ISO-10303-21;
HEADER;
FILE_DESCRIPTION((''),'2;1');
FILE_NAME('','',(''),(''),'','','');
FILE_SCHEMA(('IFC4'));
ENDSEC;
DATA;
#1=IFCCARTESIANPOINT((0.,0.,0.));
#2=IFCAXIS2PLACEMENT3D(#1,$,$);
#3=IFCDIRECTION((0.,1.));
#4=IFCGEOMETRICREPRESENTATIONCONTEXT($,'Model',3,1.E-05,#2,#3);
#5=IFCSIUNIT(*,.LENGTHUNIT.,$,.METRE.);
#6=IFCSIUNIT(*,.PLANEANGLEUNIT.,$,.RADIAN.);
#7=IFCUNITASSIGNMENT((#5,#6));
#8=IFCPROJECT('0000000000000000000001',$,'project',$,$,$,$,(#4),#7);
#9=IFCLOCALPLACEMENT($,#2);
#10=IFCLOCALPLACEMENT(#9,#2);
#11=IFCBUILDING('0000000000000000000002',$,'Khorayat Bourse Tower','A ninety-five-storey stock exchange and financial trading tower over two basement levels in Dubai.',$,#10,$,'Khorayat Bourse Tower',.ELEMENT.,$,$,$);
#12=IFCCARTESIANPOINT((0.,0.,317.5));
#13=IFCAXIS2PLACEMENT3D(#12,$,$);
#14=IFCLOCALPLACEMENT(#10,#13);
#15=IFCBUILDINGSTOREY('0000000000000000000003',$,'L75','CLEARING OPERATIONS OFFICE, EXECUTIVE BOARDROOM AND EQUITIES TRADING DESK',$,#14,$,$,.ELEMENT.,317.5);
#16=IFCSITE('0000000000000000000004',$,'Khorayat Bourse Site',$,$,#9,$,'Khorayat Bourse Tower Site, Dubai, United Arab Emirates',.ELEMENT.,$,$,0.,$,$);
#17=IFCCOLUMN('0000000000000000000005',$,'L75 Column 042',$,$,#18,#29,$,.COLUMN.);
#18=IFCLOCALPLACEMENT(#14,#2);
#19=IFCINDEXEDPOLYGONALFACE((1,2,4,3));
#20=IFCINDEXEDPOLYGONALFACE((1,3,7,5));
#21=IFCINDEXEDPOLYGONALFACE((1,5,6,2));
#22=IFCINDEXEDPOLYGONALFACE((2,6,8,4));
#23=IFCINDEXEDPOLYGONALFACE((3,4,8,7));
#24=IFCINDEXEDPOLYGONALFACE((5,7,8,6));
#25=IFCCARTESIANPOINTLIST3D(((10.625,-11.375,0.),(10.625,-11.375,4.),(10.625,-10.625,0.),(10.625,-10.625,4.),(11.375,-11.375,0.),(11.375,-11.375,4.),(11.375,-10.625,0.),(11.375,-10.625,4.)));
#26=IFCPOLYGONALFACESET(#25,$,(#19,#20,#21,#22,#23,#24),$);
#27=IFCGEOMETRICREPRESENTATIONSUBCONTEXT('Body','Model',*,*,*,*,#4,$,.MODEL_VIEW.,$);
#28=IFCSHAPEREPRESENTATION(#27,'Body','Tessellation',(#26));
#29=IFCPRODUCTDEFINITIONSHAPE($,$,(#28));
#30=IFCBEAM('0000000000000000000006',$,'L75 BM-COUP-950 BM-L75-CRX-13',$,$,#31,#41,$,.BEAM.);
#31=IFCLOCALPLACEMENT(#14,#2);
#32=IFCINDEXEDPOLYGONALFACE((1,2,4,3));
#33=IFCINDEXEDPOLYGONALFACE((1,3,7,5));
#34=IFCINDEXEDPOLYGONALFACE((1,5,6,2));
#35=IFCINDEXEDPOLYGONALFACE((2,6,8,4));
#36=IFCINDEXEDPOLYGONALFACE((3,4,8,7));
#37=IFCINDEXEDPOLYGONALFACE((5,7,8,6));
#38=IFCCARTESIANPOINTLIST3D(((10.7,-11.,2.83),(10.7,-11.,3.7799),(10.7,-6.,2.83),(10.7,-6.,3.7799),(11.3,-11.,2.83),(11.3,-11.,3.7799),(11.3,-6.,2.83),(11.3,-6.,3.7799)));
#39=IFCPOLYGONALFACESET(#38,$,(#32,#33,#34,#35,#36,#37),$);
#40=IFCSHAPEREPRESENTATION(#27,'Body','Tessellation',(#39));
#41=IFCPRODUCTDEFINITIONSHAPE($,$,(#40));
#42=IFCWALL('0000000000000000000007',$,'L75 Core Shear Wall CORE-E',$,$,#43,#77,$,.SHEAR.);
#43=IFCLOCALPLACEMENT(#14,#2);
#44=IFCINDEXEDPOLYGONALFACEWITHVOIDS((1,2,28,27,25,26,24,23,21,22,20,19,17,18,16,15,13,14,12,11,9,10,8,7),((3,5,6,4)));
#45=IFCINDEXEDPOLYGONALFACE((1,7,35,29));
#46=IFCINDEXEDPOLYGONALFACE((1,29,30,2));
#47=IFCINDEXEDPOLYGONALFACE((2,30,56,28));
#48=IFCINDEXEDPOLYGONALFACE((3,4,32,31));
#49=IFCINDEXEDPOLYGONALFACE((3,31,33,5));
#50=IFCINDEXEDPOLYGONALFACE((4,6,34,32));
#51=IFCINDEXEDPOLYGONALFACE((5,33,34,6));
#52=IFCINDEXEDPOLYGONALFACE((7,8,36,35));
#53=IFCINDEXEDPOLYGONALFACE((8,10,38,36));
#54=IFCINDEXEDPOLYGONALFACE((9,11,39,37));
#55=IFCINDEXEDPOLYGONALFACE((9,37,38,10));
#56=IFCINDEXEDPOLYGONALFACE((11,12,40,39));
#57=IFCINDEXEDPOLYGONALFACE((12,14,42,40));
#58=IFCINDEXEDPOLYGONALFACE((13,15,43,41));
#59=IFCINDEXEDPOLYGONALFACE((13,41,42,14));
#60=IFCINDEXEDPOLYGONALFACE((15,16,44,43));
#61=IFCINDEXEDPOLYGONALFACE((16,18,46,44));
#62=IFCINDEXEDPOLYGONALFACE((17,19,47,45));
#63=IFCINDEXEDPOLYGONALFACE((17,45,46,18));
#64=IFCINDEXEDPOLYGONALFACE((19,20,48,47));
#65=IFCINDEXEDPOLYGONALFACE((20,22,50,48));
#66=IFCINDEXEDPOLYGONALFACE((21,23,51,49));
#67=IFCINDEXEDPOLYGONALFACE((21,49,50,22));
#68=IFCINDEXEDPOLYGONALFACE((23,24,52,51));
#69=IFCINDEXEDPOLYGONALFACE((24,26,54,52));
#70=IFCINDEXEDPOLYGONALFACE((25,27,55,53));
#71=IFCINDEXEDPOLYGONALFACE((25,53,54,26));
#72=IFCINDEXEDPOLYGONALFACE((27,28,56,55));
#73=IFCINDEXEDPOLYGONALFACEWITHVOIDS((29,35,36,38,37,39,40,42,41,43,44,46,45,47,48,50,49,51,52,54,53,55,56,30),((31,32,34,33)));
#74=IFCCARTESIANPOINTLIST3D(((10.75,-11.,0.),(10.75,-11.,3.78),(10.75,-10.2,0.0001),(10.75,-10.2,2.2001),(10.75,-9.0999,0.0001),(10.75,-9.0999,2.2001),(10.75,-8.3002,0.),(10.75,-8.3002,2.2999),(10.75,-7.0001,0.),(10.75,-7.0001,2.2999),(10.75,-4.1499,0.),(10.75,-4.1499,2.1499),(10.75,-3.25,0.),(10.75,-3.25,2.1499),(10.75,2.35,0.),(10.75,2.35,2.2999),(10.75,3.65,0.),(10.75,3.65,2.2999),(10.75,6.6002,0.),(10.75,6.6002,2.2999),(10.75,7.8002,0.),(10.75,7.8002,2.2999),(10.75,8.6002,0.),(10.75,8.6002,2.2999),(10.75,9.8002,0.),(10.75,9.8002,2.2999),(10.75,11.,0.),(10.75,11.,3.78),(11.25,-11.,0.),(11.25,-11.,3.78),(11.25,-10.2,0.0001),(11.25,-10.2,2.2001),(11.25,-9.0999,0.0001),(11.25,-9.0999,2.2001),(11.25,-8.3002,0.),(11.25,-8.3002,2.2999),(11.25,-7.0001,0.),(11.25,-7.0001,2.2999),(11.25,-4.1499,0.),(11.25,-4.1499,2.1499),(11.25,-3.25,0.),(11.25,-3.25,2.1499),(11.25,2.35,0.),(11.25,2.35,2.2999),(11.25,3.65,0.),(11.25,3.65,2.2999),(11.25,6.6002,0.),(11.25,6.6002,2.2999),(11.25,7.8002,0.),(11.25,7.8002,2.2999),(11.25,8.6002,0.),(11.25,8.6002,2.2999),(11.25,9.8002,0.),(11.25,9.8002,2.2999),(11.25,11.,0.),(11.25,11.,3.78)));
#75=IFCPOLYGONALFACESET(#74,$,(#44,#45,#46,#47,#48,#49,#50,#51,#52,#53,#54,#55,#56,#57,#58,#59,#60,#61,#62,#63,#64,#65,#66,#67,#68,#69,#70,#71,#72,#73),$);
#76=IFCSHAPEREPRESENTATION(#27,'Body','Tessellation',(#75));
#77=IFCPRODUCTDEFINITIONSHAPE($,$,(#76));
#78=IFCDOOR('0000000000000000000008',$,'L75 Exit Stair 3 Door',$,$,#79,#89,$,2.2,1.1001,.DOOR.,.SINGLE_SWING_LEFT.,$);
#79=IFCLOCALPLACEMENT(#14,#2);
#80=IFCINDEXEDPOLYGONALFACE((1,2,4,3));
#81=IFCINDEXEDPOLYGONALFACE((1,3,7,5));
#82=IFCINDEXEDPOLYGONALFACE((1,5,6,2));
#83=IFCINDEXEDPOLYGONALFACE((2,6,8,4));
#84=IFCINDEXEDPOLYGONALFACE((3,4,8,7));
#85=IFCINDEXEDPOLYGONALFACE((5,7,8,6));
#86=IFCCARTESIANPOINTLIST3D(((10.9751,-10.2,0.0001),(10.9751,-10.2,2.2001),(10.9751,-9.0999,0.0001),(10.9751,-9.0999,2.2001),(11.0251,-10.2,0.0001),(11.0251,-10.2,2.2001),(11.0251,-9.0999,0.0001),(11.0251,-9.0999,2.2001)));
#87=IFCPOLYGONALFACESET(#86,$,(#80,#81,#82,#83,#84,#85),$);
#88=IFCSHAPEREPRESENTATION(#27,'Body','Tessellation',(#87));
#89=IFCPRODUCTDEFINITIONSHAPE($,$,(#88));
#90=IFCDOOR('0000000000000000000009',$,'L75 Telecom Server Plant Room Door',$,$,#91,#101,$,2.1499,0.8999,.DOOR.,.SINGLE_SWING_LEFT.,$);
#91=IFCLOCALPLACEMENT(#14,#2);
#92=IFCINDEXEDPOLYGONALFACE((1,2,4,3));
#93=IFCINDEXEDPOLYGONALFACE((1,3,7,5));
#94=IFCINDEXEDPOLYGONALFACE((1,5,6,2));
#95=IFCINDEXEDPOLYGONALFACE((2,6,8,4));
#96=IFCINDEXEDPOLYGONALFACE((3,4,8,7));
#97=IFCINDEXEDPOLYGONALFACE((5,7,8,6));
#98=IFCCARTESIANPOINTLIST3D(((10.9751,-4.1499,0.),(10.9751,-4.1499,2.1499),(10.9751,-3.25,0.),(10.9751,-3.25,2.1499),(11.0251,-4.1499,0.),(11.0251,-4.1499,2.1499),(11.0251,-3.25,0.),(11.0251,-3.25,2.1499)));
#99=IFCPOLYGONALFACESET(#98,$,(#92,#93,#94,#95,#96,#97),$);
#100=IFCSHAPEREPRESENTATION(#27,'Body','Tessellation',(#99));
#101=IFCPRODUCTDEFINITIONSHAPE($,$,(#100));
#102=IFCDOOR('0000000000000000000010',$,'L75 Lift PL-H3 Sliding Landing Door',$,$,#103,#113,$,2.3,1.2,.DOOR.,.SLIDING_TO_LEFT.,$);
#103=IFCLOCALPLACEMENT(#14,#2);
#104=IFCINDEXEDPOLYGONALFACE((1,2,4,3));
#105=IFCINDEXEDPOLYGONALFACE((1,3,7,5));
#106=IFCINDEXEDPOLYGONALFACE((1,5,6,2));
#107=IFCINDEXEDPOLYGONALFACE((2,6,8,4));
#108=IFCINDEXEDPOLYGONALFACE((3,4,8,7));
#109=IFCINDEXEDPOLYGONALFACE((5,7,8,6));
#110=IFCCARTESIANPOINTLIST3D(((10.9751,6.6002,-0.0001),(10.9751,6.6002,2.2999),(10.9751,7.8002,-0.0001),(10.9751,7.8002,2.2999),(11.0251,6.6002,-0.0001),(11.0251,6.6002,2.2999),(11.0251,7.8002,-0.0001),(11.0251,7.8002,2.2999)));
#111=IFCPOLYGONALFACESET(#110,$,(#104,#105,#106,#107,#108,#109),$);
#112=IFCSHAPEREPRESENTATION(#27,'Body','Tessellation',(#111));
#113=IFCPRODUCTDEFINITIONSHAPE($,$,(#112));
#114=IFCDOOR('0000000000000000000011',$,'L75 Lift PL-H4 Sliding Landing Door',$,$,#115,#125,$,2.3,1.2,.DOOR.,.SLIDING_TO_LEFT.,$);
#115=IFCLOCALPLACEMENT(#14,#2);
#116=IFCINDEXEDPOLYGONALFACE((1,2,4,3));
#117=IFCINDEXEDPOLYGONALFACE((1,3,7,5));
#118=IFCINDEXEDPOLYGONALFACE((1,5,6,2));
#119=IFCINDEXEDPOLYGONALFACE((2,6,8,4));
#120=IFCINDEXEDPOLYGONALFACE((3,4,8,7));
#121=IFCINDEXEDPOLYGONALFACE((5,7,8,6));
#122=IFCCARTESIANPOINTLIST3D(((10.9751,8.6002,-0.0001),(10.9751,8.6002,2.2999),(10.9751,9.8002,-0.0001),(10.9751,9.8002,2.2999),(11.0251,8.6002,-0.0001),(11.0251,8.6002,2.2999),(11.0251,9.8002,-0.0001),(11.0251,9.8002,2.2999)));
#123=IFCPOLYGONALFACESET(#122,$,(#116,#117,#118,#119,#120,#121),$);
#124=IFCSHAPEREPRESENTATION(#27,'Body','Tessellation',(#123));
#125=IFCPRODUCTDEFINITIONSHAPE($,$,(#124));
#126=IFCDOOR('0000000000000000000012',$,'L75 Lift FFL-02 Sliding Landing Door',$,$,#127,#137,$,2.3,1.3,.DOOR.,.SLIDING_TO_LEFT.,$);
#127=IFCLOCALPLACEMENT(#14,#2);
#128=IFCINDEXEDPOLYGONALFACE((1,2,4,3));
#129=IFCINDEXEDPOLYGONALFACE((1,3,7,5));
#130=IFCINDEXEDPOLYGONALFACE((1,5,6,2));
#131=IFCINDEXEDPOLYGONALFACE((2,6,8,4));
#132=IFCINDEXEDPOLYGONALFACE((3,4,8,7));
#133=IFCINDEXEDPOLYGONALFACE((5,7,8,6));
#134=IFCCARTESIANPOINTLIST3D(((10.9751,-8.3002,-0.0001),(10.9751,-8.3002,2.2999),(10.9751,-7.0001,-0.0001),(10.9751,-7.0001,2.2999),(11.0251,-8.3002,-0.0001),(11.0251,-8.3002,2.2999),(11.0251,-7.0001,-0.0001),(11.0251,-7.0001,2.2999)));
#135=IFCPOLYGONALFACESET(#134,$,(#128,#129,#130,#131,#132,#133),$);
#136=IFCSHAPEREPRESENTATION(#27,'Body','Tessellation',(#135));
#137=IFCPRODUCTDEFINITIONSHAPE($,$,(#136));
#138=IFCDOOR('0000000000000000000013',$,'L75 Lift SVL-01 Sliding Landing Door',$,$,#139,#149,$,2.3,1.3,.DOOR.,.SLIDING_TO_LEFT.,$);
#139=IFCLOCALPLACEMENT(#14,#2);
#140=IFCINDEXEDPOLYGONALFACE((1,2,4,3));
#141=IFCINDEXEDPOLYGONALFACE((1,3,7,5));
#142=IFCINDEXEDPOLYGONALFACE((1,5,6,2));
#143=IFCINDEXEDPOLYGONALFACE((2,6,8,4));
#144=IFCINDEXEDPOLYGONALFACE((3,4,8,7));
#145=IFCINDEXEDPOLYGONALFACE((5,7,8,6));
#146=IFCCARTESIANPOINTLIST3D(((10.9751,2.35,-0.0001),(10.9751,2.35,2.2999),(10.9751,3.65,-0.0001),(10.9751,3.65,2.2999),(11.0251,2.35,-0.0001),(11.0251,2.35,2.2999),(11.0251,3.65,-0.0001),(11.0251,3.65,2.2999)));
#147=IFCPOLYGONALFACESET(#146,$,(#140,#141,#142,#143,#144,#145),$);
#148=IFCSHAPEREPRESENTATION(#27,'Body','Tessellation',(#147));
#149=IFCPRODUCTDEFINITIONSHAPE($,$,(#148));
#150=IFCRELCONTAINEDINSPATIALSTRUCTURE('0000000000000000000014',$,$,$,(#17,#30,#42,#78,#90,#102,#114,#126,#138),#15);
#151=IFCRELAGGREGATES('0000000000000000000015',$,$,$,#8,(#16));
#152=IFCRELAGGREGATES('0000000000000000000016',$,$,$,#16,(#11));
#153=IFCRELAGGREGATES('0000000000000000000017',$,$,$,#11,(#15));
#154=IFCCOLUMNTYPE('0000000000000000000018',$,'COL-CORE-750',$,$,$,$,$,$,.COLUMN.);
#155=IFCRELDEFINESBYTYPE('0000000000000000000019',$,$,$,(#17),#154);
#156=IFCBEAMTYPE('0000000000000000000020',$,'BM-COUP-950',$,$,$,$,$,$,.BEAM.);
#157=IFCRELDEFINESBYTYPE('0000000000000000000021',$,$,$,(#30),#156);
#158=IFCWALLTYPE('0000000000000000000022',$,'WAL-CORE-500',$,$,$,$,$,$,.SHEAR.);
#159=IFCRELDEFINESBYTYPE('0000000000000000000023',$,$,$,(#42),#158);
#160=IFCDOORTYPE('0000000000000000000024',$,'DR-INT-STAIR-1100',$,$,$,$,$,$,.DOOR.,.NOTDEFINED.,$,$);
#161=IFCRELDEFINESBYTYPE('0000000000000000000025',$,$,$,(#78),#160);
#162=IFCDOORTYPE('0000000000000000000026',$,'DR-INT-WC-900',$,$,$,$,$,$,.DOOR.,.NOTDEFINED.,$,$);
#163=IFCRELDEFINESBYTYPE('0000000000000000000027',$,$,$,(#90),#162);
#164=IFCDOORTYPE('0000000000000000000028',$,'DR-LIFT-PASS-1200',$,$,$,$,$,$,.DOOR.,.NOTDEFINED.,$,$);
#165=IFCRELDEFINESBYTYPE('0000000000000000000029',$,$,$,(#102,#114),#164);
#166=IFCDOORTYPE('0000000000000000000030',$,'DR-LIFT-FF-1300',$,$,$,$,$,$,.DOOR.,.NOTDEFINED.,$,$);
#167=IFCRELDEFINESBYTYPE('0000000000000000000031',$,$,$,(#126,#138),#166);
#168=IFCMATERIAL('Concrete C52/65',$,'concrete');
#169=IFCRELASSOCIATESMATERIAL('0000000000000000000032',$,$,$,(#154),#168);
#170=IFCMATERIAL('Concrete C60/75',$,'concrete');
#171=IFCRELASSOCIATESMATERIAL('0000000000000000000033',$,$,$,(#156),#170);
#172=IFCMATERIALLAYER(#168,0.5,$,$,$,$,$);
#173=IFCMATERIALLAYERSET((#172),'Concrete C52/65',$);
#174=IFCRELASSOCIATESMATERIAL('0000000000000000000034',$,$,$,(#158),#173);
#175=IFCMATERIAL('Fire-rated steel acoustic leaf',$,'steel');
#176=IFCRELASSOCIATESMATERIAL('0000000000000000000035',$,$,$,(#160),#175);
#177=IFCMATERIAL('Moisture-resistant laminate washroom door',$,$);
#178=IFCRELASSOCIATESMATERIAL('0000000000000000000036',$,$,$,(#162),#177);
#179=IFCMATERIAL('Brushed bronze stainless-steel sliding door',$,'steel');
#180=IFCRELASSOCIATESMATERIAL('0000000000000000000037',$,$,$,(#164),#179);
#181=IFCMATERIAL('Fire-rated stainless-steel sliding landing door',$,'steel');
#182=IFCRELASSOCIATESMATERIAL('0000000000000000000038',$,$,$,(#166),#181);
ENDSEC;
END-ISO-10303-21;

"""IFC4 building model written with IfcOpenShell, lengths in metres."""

from ifc_helpers import new_model, si_unit, direction, frame, frame_2d, origin, origin_2d, place, context, subcontext, project, spatial, rectangle, extrude, source, transform, mapped, material, layer, layer_set, material_profile, profile_set, type_object, element, fill, save


model = new_model("IFC4")

# Units and contexts
model_context = context("Model", 3, precision=1e-05, world=origin(), true_north=direction((0.0, 1.0)))
body_context = subcontext(model_context, "Body", "Model", "MODEL_VIEW")
ifc_project = project(units=[si_unit("LENGTHUNIT", "METRE"), si_unit("PLANEANGLEUNIT", "RADIAN")], contexts=[model_context])

# Site, building, storey
site_placement = place(None, origin())
site = spatial("IfcSite", under=ifc_project, at=site_placement, Name="Khorayat Bourse Site", LongName="Khorayat Bourse Tower Site, Dubai, United Arab Emirates", CompositionType="ELEMENT", RefElevation=0.0)
building_placement = place(site_placement, origin())
building = spatial("IfcBuilding", under=site, at=building_placement, Name="Khorayat Bourse Tower", Description="A ninety-five-storey stock exchange and financial trading tower over two basement levels in Dubai.", LongName="Khorayat Bourse Tower", CompositionType="ELEMENT")
storey_placement = place(building_placement, frame((0.0, 0.0, 317.5)))
storey = spatial("IfcBuildingStorey", under=building, at=storey_placement, Name="L75", Description="CLEARING OPERATIONS OFFICE, EXECUTIVE BOARDROOM AND EQUITIES TRADING DESK", CompositionType="ELEMENT", Elevation=317.5)

# Column
ifc_material_1 = material(Name="Concrete C52/65", Category="concrete")
ifc_material_profile_1 = material_profile(ifc_material_1, rectangle(XDim=0.75, YDim=0.75, at=origin_2d()), Name="RC 750x750")
ifc_profile_set_1 = profile_set([ifc_material_profile_1], Name="Concrete C52/65")
column_type = type_object("IfcColumnType", Name="COL-CORE-750", PredefinedType="COLUMN", material=ifc_profile_set_1)
shared_shape_1 = source(origin(), body_context, "Body", "SweptSolid", [
    extrude(rectangle(XDim=0.75, YDim=0.75, at=origin_2d()), origin(), (0.0, 0.0, 1.0), 4.0),
])
column_placement = place(storey_placement, frame((11.0, -11.0, 0.0), z_axis=(0.0, 0.0, 1.0), x_axis=(1.0, 0.0, 0.0)))
element("IfcColumn", 1, at=column_placement, inside=storey, type_object=column_type, Name="L75 Column 042", PredefinedType="COLUMN", context=body_context, shape_type="MappedRepresentation", body=[
    mapped(shared_shape_1, transform((0.0, 0.0, 0.0), scale=1.0)),
])

# Beam
ifc_material_2 = material(Name="Concrete C60/75", Category="concrete")
ifc_material_profile_2 = material_profile(ifc_material_2, rectangle(XDim=0.6001, YDim=0.95, at=origin_2d()), Name="RC 600x950")
ifc_profile_set_2 = profile_set([ifc_material_profile_2], Name="Concrete C60/75")
beam_type = type_object("IfcBeamType", Name="BM-COUP-950", PredefinedType="BEAM", material=ifc_profile_set_2)
shared_shape_2 = source(origin(), body_context, "Body", "SweptSolid", [
    extrude(rectangle(XDim=0.6001, YDim=0.95, at=origin_2d()), origin(), (0.0, 0.0, 1.0), 5.0),
])
beam_placement = place(storey_placement, frame((11.0, -11.0, 3.3049), z_axis=(0.0, 1.0, 0.0), x_axis=(-1.0, 0.0, 0.0)))
element("IfcBeam", 2, at=beam_placement, inside=storey, type_object=beam_type, Name="L75 BM-COUP-950 BM-L75-CRX-13", PredefinedType="BEAM", context=body_context, shape_type="MappedRepresentation", body=[
    mapped(shared_shape_2, transform((0.0, 0.0, 0.0), scale=1.0)),
])

# Wall, openings, doors
ifc_layer_1 = layer(ifc_material_1, 0.5)
ifc_layer_set_1 = layer_set([ifc_layer_1], Name="Concrete C52/65")
wall_type_1 = type_object("IfcWallType", Name="WAL-CORE-500", PredefinedType="SHEAR", material=ifc_layer_set_1)
shared_shape_3 = source(origin(), body_context, "Body", "SweptSolid", [
    extrude(rectangle(XDim=22.0, YDim=0.5, at=frame_2d((11.0, 0.0))), origin(), (0.0, 0.0, 1.0), 3.78),
])
wall_1_placement = place(storey_placement, frame((11.0, -11.0, 0.0), z_axis=(0.0, 0.0, 1.0), x_axis=(0.0, 1.0, 0.0)))
wall_1 = element("IfcWall", 3, at=wall_1_placement, inside=storey, type_object=wall_type_1, Name="L75 Core Shear Wall CORE-E", PredefinedType="SHEAR", context=body_context, shape_type="MappedRepresentation", body=[
    mapped(shared_shape_3, transform((0.0, 0.0, 0.0), scale=1.0)),
])
shared_shape_4 = source(origin(), body_context, "Body", "SweptSolid", [
    extrude(rectangle(XDim=1.1001, YDim=2.2, at=frame_2d((0.55, 1.1001))), frame((0.0, 0.26, 0.0), z_axis=(0.0, -1.0, 0.0), x_axis=(1.0, 0.0, 0.0)), (0.0, 0.0, 1.0), 0.52),
])
opening_1_placement = place(wall_1_placement, frame((0.8, 0.0, 0.0)))
opening_1 = element("IfcOpeningElement", 4, at=opening_1_placement, cuts=wall_1, PredefinedType="OPENING", context=body_context, shape_type="MappedRepresentation", body=[
    mapped(shared_shape_4, transform((0.0, 0.0, 0.0), scale=1.0)),
])
shared_shape_5 = source(origin(), body_context, "Body", "SweptSolid", [
    extrude(rectangle(XDim=0.8999, YDim=2.1499, at=frame_2d((0.45, 1.075))), frame((0.0, 0.26, 0.0), z_axis=(0.0, -1.0, 0.0), x_axis=(1.0, 0.0, 0.0)), (0.0, 0.0, 1.0), 0.52),
])
opening_2_placement = place(wall_1_placement, frame((6.8501, 0.0, 0.0)))
opening_2 = element("IfcOpeningElement", 5, at=opening_2_placement, cuts=wall_1, PredefinedType="OPENING", context=body_context, shape_type="MappedRepresentation", body=[
    mapped(shared_shape_5, transform((0.0, 0.0, 0.0), scale=1.0)),
])
shared_shape_6 = source(origin(), body_context, "Body", "SweptSolid", [
    extrude(rectangle(XDim=1.2, YDim=2.3, at=frame_2d((0.6001, 1.1499))), frame((0.0, 0.26, 0.0), z_axis=(0.0, -1.0, 0.0), x_axis=(1.0, 0.0, 0.0)), (0.0, 0.0, 1.0), 0.52),
])
opening_3_placement = place(wall_1_placement, frame((17.6001, 0.0, 0.0)))
opening_3 = element("IfcOpeningElement", 6, at=opening_3_placement, cuts=wall_1, PredefinedType="OPENING", context=body_context, shape_type="MappedRepresentation", body=[
    mapped(shared_shape_6, transform((0.0, 0.0, 0.0), scale=1.0)),
])
opening_4_placement = place(wall_1_placement, frame((19.6001, 0.0, 0.0)))
opening_4 = element("IfcOpeningElement", 7, at=opening_4_placement, cuts=wall_1, PredefinedType="OPENING", context=body_context, shape_type="MappedRepresentation", body=[
    mapped(shared_shape_6, transform((0.0, 0.0, 0.0), scale=1.0)),
])
shared_shape_7 = source(origin(), body_context, "Body", "SweptSolid", [
    extrude(rectangle(XDim=1.3, YDim=2.3, at=frame_2d((0.6499, 1.1499))), frame((0.0, 0.26, 0.0), z_axis=(0.0, -1.0, 0.0), x_axis=(1.0, 0.0, 0.0)), (0.0, 0.0, 1.0), 0.52),
])
opening_5_placement = place(wall_1_placement, frame((2.7, 0.0, 0.0)))
opening_5 = element("IfcOpeningElement", 8, at=opening_5_placement, cuts=wall_1, PredefinedType="OPENING", context=body_context, shape_type="MappedRepresentation", body=[
    mapped(shared_shape_7, transform((0.0, 0.0, 0.0), scale=1.0)),
])
opening_6_placement = place(wall_1_placement, frame((13.3501, 0.0, 0.0)))
opening_6 = element("IfcOpeningElement", 9, at=opening_6_placement, cuts=wall_1, PredefinedType="OPENING", context=body_context, shape_type="MappedRepresentation", body=[
    mapped(shared_shape_7, transform((0.0, 0.0, 0.0), scale=1.0)),
])
ifc_material_3 = material(Name="Fire-rated steel acoustic leaf", Category="steel")
door_type_1 = type_object("IfcDoorType", Name="DR-INT-STAIR-1100", OperationType="NOTDEFINED", PredefinedType="DOOR", material=ifc_material_3)
shared_shape_8 = source(origin(), body_context, "Body", "SweptSolid", [
    extrude(rectangle(XDim=1.1001, YDim=2.2, at=frame_2d((0.55, 1.1001))), frame((0.0, 0.0249, 0.0), z_axis=(0.0, -1.0, 0.0), x_axis=(1.0, 0.0, 0.0)), (0.0, 0.0, 1.0), 0.05),
])
door_1_placement = place(opening_1_placement, origin())
door_1 = element("IfcDoor", 10, at=door_1_placement, inside=storey, type_object=door_type_1, Name="L75 Exit Stair 3 Door", OperationType="SINGLE_SWING_LEFT", OverallHeight=2.2, OverallWidth=1.1001, PredefinedType="DOOR", context=body_context, shape_type="MappedRepresentation", body=[
    mapped(shared_shape_8, transform((0.0, 0.0, 0.0), scale=1.0)),
])
fill(opening_1, door_1)
ifc_material_4 = material(Name="Moisture-resistant laminate washroom door")
door_type_2 = type_object("IfcDoorType", Name="DR-INT-WC-900", OperationType="NOTDEFINED", PredefinedType="DOOR", material=ifc_material_4)
shared_shape_9 = source(origin(), body_context, "Body", "SweptSolid", [
    extrude(rectangle(XDim=0.8999, YDim=2.1499, at=frame_2d((0.45, 1.075))), frame((0.0, 0.0249, 0.0), z_axis=(0.0, -1.0, 0.0), x_axis=(1.0, 0.0, 0.0)), (0.0, 0.0, 1.0), 0.05),
])
door_2_placement = place(opening_2_placement, origin())
door_2 = element("IfcDoor", 11, at=door_2_placement, inside=storey, type_object=door_type_2, Name="L75 Telecom Server Plant Room Door", OperationType="SINGLE_SWING_LEFT", OverallHeight=2.1499, OverallWidth=0.8999, PredefinedType="DOOR", context=body_context, shape_type="MappedRepresentation", body=[
    mapped(shared_shape_9, transform((0.0, 0.0, 0.0), scale=1.0)),
])
fill(opening_2, door_2)
ifc_material_5 = material(Name="Brushed bronze stainless-steel sliding door", Category="steel")
door_type_3 = type_object("IfcDoorType", Name="DR-LIFT-PASS-1200", OperationType="NOTDEFINED", PredefinedType="DOOR", material=ifc_material_5)
shared_shape_10 = source(origin(), body_context, "Body", "SweptSolid", [
    extrude(rectangle(XDim=1.2, YDim=2.3, at=frame_2d((0.6001, 1.1499))), frame((0.0, 0.0249, 0.0), z_axis=(0.0, -1.0, 0.0), x_axis=(1.0, 0.0, 0.0)), (0.0, 0.0, 1.0), 0.05),
])
door_3_placement = place(opening_3_placement, origin())
door_3 = element("IfcDoor", 12, at=door_3_placement, inside=storey, type_object=door_type_3, Name="L75 Lift PL-H3 Sliding Landing Door", OperationType="SLIDING_TO_LEFT", OverallHeight=2.3, OverallWidth=1.2, PredefinedType="DOOR", context=body_context, shape_type="MappedRepresentation", body=[
    mapped(shared_shape_10, transform((0.0, 0.0, 0.0), scale=1.0)),
])
fill(opening_3, door_3)
door_4_placement = place(opening_4_placement, origin())
door_4 = element("IfcDoor", 13, at=door_4_placement, inside=storey, type_object=door_type_3, Name="L75 Lift PL-H4 Sliding Landing Door", OperationType="SLIDING_TO_LEFT", OverallHeight=2.3, OverallWidth=1.2, PredefinedType="DOOR", context=body_context, shape_type="MappedRepresentation", body=[
    mapped(shared_shape_10, transform((0.0, 0.0, 0.0), scale=1.0)),
])
fill(opening_4, door_4)
ifc_material_6 = material(Name="Fire-rated stainless-steel sliding landing door", Category="steel")
door_type_4 = type_object("IfcDoorType", Name="DR-LIFT-FF-1300", OperationType="NOTDEFINED", PredefinedType="DOOR", material=ifc_material_6)
shared_shape_11 = source(origin(), body_context, "Body", "SweptSolid", [
    extrude(rectangle(XDim=1.3, YDim=2.3, at=frame_2d((0.6499, 1.1499))), frame((0.0, 0.0249, 0.0), z_axis=(0.0, -1.0, 0.0), x_axis=(1.0, 0.0, 0.0)), (0.0, 0.0, 1.0), 0.05),
])
door_5_placement = place(opening_5_placement, origin())
door_5 = element("IfcDoor", 14, at=door_5_placement, inside=storey, type_object=door_type_4, Name="L75 Lift FFL-02 Sliding Landing Door", OperationType="SLIDING_TO_LEFT", OverallHeight=2.3, OverallWidth=1.3, PredefinedType="DOOR", context=body_context, shape_type="MappedRepresentation", body=[
    mapped(shared_shape_11, transform((0.0, 0.0, 0.0), scale=1.0)),
])
fill(opening_5, door_5)
door_6_placement = place(opening_6_placement, origin())
door_6 = element("IfcDoor", 15, at=door_6_placement, inside=storey, type_object=door_type_4, Name="L75 Lift SVL-01 Sliding Landing Door", OperationType="SLIDING_TO_LEFT", OverallHeight=2.3, OverallWidth=1.3, PredefinedType="DOOR", context=body_context, shape_type="MappedRepresentation", body=[
    mapped(shared_shape_11, transform((0.0, 0.0, 0.0), scale=1.0)),
])
fill(opening_6, door_6)

save(model, "model.ifc")
